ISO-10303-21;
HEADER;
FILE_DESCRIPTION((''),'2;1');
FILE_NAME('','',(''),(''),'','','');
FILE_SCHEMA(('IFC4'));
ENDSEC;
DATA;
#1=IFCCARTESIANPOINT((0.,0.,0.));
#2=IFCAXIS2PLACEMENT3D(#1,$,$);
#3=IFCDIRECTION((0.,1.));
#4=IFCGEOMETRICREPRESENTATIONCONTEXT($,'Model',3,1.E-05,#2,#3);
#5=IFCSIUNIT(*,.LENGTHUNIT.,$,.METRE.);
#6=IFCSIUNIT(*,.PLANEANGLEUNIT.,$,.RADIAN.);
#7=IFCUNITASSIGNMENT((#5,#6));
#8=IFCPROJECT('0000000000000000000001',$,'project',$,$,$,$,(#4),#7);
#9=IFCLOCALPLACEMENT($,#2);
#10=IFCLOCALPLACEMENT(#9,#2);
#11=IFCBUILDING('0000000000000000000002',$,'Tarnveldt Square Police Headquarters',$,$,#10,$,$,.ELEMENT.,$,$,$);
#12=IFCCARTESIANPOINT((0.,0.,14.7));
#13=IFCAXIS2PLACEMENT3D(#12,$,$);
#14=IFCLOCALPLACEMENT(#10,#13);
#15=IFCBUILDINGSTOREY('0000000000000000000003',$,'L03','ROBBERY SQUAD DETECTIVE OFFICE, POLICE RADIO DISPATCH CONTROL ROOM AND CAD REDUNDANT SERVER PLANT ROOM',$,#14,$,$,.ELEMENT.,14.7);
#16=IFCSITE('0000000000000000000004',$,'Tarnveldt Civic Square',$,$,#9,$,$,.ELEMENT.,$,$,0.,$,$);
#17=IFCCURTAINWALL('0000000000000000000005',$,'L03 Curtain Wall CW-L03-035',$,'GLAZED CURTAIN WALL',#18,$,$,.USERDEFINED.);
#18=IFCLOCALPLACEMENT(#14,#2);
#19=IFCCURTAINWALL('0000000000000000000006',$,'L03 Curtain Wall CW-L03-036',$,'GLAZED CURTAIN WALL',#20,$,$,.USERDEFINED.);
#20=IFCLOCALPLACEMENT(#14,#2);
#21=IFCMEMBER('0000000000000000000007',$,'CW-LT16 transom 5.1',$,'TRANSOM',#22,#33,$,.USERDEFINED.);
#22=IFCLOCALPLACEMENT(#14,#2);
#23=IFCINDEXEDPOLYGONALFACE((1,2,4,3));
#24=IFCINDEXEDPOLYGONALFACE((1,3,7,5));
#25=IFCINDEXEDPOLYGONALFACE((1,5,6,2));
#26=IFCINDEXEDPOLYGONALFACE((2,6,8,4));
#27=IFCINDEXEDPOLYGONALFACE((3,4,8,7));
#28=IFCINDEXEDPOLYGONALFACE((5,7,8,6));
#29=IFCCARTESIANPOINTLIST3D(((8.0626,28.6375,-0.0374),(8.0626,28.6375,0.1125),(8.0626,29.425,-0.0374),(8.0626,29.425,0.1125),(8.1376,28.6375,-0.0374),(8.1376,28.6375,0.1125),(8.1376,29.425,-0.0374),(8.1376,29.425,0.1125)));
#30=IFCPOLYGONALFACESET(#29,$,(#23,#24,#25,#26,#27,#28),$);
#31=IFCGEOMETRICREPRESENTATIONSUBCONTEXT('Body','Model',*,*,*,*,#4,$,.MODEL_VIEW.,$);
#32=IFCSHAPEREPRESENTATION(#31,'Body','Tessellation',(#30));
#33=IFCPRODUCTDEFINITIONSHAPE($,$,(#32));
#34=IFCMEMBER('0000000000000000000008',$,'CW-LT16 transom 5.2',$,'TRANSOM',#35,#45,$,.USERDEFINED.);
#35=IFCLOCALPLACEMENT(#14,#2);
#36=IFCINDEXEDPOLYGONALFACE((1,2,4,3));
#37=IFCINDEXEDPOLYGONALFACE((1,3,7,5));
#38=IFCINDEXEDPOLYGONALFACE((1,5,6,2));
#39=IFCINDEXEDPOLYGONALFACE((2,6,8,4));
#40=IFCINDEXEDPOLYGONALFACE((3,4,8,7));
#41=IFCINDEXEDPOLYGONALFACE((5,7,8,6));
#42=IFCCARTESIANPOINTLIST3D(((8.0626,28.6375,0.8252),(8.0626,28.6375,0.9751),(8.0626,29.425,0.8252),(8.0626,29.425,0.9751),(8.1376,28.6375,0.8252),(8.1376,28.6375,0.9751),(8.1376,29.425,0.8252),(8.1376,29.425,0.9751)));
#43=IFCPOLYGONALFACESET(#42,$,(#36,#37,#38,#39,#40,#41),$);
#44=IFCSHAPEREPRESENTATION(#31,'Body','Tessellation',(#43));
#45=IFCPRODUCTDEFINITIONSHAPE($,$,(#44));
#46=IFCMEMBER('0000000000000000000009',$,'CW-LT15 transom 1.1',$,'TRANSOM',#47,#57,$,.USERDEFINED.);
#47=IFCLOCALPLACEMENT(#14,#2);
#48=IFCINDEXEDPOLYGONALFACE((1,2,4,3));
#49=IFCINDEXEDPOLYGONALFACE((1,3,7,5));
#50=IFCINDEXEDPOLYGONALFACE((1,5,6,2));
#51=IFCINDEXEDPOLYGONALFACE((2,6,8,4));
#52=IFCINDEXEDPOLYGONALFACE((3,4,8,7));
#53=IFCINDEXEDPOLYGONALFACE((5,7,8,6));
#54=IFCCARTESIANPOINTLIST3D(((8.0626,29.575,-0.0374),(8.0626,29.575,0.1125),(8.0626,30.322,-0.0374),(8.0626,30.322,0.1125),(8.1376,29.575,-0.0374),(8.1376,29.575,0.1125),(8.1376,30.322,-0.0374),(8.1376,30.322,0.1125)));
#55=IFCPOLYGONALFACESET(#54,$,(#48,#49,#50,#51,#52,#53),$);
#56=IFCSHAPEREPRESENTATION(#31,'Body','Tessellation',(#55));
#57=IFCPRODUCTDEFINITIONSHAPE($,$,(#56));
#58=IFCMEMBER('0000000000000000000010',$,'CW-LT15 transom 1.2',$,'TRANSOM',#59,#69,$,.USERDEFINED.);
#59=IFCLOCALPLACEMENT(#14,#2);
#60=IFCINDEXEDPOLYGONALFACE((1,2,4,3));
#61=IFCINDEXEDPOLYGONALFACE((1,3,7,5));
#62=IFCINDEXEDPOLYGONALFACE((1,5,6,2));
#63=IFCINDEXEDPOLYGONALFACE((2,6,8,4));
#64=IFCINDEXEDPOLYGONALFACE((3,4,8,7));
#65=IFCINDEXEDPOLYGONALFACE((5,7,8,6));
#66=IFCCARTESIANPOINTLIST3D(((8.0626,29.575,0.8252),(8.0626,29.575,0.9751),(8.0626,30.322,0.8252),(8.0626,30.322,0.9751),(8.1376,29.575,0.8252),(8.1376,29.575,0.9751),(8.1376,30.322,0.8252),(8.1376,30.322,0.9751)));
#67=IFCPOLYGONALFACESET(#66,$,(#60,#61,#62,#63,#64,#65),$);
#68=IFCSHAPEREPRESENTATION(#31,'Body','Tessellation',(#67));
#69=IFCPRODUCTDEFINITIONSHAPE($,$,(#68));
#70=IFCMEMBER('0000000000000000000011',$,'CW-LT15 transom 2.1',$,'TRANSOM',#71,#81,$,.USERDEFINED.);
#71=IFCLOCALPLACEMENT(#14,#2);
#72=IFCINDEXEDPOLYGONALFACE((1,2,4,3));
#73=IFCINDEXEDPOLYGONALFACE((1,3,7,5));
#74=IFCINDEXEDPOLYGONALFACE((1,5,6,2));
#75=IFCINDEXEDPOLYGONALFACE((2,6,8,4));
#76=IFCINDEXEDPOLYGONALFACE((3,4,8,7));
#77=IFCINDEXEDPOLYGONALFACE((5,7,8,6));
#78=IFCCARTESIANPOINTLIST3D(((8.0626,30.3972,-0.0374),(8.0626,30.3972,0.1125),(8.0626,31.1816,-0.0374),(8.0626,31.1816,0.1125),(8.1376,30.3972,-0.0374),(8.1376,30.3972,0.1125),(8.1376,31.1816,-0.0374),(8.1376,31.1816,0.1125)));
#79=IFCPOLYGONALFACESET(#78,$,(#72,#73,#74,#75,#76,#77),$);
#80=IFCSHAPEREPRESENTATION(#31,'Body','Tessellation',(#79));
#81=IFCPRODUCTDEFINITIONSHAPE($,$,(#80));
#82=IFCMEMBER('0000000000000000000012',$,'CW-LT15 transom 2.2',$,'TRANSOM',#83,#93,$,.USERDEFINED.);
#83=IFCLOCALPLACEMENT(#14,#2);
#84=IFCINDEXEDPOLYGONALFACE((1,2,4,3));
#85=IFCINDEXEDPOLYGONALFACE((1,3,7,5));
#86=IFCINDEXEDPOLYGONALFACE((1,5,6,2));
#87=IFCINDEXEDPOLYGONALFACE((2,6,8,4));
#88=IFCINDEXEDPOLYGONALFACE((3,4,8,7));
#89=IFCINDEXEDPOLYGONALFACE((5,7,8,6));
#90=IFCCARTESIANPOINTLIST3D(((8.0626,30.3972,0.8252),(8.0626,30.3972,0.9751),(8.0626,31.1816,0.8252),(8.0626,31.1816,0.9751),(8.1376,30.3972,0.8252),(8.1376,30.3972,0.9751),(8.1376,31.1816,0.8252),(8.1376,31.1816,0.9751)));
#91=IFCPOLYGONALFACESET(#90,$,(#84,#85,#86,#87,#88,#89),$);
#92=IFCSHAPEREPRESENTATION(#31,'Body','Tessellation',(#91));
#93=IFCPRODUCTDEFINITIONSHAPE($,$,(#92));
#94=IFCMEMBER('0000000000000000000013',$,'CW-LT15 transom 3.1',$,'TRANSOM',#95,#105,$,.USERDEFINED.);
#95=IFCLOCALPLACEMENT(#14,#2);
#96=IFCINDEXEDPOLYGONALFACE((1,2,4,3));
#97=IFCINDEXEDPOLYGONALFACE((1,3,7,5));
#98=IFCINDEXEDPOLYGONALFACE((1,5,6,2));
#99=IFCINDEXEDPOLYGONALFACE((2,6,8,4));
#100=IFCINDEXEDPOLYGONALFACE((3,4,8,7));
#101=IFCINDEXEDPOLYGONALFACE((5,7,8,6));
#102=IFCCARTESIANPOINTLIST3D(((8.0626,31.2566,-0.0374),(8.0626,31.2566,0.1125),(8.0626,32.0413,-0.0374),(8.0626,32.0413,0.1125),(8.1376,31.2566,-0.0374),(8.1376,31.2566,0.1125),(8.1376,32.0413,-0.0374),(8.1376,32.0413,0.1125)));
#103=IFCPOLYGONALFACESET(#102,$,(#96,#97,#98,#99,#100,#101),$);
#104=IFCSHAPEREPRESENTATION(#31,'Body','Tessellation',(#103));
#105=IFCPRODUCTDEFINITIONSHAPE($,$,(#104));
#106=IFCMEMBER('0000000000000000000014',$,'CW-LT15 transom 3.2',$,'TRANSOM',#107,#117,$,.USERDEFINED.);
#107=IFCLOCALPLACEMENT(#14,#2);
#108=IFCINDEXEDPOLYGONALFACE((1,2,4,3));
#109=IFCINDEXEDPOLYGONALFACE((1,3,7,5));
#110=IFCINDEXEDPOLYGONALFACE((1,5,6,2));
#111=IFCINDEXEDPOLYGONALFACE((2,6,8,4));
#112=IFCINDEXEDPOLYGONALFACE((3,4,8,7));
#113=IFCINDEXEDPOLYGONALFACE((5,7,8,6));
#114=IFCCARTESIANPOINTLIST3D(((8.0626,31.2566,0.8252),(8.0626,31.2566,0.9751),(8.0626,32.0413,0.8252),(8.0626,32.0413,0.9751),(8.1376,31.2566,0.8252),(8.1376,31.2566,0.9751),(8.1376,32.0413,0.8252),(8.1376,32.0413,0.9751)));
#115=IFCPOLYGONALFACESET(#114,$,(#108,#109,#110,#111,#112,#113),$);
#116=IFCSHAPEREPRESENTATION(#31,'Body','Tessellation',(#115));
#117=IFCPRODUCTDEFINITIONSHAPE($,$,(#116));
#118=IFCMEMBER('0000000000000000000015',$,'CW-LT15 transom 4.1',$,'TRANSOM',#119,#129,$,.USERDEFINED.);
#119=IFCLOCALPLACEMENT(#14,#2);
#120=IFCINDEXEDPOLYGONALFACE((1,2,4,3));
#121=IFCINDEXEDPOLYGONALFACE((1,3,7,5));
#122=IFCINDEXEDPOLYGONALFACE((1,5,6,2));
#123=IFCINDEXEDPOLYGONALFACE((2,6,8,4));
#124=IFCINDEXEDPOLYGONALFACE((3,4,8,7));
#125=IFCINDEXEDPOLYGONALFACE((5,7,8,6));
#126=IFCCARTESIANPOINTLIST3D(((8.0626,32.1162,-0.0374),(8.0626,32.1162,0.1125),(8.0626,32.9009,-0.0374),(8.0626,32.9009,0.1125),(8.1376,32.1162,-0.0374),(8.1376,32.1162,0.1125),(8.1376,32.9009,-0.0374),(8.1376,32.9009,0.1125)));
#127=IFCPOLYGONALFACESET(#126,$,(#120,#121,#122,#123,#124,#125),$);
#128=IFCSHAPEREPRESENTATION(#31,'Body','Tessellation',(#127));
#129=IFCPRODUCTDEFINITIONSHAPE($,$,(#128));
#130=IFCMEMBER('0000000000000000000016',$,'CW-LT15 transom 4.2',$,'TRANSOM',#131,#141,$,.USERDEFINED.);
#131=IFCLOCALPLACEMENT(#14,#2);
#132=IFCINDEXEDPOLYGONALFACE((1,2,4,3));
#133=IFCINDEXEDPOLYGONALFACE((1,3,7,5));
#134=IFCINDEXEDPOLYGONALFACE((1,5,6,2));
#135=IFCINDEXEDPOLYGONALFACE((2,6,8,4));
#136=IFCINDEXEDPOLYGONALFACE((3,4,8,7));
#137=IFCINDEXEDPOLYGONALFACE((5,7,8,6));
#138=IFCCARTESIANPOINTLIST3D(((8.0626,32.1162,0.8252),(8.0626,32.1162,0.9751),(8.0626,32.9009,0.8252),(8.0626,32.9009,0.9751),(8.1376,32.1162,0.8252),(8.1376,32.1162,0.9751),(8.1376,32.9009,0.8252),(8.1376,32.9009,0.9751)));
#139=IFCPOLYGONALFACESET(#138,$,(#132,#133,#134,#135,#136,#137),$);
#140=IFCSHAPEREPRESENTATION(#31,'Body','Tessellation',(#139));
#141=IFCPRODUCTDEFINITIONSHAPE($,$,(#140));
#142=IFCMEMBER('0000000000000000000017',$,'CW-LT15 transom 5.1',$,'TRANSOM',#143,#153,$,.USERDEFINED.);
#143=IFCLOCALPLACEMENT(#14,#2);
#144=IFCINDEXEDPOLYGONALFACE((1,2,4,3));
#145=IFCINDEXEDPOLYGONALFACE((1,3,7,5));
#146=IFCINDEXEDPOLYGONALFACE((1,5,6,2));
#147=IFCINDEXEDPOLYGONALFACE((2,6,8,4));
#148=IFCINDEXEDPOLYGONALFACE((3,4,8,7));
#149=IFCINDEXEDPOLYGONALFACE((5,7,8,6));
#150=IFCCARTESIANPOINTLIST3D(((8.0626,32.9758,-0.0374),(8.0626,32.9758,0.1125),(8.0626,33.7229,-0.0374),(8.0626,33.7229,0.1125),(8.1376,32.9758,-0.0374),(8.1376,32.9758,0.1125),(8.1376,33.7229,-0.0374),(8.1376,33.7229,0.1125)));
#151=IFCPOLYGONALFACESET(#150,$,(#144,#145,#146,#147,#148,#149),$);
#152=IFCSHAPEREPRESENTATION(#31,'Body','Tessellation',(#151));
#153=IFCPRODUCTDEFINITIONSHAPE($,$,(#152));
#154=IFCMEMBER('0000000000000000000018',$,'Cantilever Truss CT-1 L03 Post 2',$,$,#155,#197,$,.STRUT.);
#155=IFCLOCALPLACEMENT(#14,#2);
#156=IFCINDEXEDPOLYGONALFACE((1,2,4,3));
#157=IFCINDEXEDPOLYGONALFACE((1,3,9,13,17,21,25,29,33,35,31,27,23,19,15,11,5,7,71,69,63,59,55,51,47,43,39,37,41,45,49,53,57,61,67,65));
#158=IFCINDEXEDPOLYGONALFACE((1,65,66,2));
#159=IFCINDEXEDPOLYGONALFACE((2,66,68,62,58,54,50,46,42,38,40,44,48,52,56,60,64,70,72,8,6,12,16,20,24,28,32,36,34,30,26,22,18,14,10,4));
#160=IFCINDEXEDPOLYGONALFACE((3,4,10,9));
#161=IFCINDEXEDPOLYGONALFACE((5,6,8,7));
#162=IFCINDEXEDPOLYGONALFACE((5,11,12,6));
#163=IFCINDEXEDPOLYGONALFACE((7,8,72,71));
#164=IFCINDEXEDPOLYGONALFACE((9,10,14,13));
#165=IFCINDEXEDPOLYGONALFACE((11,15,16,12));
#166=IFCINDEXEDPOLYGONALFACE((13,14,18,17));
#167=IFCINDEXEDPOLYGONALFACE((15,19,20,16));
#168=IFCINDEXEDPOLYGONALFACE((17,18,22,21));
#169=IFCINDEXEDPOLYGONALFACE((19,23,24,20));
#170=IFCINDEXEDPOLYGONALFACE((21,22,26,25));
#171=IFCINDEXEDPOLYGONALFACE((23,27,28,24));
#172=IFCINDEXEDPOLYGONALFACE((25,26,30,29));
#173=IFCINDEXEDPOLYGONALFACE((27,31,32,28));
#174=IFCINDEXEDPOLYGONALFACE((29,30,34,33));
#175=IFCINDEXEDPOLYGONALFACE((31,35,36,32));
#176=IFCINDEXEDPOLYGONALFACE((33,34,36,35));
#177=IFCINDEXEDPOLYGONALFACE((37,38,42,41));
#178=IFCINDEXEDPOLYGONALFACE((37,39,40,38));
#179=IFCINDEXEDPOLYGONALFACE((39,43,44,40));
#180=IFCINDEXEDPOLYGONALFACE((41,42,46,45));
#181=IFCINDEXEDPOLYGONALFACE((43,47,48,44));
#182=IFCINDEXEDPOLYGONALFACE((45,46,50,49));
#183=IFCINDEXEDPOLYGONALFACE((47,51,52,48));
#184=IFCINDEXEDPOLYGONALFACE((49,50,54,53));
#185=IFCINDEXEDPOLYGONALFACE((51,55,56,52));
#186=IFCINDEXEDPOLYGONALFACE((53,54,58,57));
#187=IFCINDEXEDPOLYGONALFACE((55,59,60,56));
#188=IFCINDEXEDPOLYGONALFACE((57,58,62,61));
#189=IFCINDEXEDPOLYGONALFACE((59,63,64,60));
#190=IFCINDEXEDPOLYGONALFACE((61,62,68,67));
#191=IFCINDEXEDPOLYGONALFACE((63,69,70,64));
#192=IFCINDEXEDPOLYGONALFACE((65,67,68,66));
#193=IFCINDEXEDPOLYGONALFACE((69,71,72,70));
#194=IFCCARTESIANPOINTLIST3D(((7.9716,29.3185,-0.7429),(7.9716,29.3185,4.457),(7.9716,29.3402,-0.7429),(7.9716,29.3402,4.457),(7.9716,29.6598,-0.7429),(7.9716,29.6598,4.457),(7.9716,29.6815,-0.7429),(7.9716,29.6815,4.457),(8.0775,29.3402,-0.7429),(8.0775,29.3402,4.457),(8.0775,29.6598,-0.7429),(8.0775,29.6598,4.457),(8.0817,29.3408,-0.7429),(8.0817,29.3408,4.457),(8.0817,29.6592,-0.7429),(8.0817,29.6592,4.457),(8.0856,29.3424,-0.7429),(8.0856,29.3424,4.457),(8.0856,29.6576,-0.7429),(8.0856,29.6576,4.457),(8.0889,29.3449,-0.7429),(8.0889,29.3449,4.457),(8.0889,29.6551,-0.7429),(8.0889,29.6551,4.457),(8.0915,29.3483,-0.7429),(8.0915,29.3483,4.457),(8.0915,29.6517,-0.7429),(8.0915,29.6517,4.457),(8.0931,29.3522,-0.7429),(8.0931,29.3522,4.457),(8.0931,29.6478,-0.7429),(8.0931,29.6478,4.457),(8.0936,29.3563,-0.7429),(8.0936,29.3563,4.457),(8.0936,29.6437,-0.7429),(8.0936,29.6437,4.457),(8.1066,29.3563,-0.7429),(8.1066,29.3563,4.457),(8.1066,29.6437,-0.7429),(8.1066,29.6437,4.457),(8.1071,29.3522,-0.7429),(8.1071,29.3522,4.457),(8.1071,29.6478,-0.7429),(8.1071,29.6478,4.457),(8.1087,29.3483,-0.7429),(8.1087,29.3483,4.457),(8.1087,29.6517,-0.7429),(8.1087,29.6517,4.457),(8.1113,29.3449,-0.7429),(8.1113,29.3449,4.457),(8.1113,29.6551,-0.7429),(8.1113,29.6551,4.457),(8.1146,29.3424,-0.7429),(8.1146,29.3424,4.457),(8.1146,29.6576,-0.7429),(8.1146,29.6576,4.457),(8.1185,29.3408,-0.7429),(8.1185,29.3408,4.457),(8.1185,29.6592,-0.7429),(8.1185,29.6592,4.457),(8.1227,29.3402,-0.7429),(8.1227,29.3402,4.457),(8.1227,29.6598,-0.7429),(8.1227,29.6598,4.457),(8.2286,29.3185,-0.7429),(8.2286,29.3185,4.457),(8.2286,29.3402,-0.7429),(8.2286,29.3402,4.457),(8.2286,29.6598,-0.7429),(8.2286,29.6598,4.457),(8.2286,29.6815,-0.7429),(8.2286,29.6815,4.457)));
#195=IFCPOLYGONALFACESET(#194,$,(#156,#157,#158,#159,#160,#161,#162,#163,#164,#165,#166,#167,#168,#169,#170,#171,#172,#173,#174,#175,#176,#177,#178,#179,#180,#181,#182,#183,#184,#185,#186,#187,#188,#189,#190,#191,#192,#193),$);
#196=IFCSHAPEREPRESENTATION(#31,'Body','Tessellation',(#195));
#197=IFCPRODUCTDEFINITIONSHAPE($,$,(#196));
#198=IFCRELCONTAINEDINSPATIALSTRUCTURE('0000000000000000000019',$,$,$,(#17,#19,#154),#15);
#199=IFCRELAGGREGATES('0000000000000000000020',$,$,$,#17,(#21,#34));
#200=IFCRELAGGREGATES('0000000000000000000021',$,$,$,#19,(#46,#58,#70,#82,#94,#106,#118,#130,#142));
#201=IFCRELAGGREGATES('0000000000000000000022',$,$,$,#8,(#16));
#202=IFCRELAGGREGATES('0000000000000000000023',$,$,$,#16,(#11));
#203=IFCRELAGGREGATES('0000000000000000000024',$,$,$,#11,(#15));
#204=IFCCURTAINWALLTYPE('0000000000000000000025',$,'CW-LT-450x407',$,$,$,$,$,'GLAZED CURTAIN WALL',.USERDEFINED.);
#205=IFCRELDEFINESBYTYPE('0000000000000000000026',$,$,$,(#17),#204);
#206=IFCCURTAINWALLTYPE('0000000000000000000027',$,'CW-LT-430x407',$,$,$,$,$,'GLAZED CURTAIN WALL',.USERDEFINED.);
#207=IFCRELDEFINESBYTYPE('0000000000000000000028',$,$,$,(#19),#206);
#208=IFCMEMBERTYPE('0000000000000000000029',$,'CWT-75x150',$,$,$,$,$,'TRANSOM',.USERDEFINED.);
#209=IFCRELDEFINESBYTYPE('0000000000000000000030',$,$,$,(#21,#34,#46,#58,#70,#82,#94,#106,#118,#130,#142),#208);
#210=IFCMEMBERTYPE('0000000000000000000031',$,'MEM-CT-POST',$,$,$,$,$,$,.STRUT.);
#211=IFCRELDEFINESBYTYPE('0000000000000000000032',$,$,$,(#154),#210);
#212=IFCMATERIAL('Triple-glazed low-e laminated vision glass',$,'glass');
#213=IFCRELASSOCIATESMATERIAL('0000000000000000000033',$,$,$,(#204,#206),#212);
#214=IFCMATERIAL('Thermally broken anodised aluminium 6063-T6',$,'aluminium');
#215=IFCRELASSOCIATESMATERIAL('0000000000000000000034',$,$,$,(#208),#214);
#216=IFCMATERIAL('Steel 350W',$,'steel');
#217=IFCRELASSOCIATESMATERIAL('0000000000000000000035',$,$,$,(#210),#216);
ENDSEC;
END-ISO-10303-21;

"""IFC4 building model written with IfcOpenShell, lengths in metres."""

from ifc_helpers import new_model, si_unit, direction, frame, origin, origin_2d, place, context, subcontext, project, spatial, rectangle, i_section, extrude, material, material_profile, profile_set, type_object, element, aggregate, save


model = new_model("IFC4")

# Units and contexts
model_context = context("Model", 3, precision=1e-05, world=origin(), true_north=direction((0.0, 1.0)))
body_context = subcontext(model_context, "Body", "Model", "MODEL_VIEW")
ifc_project = project(units=[si_unit("LENGTHUNIT", "METRE"), si_unit("PLANEANGLEUNIT", "RADIAN")], contexts=[model_context])

# Site, building, storey
site_placement = place(None, origin())
site = spatial("IfcSite", under=ifc_project, at=site_placement, Name="Tarnveldt Civic Square", CompositionType="ELEMENT", RefElevation=0.0)
building_placement = place(site_placement, origin())
building = spatial("IfcBuilding", under=site, at=building_placement, Name="Tarnveldt Square Police Headquarters", CompositionType="ELEMENT")
storey_placement = place(building_placement, frame((0.0, 0.0, 14.7)))
storey = spatial("IfcBuildingStorey", under=building, at=storey_placement, Name="L03", Description="ROBBERY SQUAD DETECTIVE OFFICE, POLICE RADIO DISPATCH CONTROL ROOM AND CAD REDUNDANT SERVER PLANT ROOM", CompositionType="ELEMENT", Elevation=14.7)

# Shared definitions
ifc_material_1 = material(Name="Steel 350W", Category="steel")

# Curtain walls
ifc_material_2 = material(Name="Triple-glazed low-e laminated vision glass", Category="glass")
curtain_wall_type_1 = type_object("IfcCurtainWallType", Name="CW-LT-450x407", ElementType="GLAZED CURTAIN WALL", PredefinedType="USERDEFINED", material=ifc_material_2)
curtain_wall_1_placement = place(storey_placement, origin())
curtain_wall_1 = element("IfcCurtainWall", 1, at=curtain_wall_1_placement, inside=storey, type_object=curtain_wall_type_1, Name="L03 Curtain Wall CW-L03-035", ObjectType="GLAZED CURTAIN WALL", PredefinedType="USERDEFINED")
ifc_material_3 = material(Name="Thermally broken anodised aluminium 6063-T6", Category="aluminium")
curtain_wall_type_2 = type_object("IfcCurtainWallType", Name="CW-LT-430x407", ElementType="GLAZED CURTAIN WALL", PredefinedType="USERDEFINED", material=ifc_material_2)
curtain_wall_2_placement = place(storey_placement, origin())
curtain_wall_2 = element("IfcCurtainWall", 2, at=curtain_wall_2_placement, inside=storey, type_object=curtain_wall_type_2, Name="L03 Curtain Wall CW-L03-036", ObjectType="GLAZED CURTAIN WALL", PredefinedType="USERDEFINED")

# Members
ifc_material_profile_1 = material_profile(ifc_material_3, rectangle(XDim=0.075, YDim=0.1499, at=origin_2d()), Name="CW-T75x150")
ifc_profile_set_1 = profile_set([ifc_material_profile_1], Name="Thermally broken anodised aluminium 6063-T6")
member_type_1 = type_object("IfcMemberType", Name="CWT-75x150", ElementType="TRANSOM", PredefinedType="USERDEFINED", material=ifc_profile_set_1)
member_1_placement = place(storey_placement, frame((8.1001, 28.6375, 0.0376), z_axis=(0.0, 1.0, 0.0), x_axis=(-1.0, 0.0, 0.0)))
member_1 = element("IfcMember", 3, at=member_1_placement, type_object=member_type_1, Name="CW-LT16 transom 5.1", ObjectType="TRANSOM", PredefinedType="USERDEFINED", context=body_context, shape_type="SweptSolid", body=[
    extrude(rectangle(XDim=0.075, YDim=0.1499, at=origin_2d()), origin(), (0.0, 0.0, 1.0), 0.7876),
])
member_2_placement = place(storey_placement, frame((8.1001, 28.6375, 0.9001), z_axis=(0.0, 1.0, 0.0), x_axis=(-1.0, 0.0, 0.0)))
member_2 = element("IfcMember", 4, at=member_2_placement, type_object=member_type_1, Name="CW-LT16 transom 5.2", ObjectType="TRANSOM", PredefinedType="USERDEFINED", context=body_context, shape_type="SweptSolid", body=[
    extrude(rectangle(XDim=0.075, YDim=0.1499, at=origin_2d()), origin(), (0.0, 0.0, 1.0), 0.7876),
])
member_3_placement = place(storey_placement, frame((8.1001, 29.575, 0.0376), z_axis=(0.0, 1.0, 0.0), x_axis=(-1.0, 0.0, 0.0)))
member_3 = element("IfcMember", 5, at=member_3_placement, type_object=member_type_1, Name="CW-LT15 transom 1.1", ObjectType="TRANSOM", PredefinedType="USERDEFINED", context=body_context, shape_type="SweptSolid", body=[
    extrude(rectangle(XDim=0.075, YDim=0.1499, at=origin_2d()), origin(), (0.0, 0.0, 1.0), 0.7471),
])
member_4_placement = place(storey_placement, frame((8.1001, 29.575, 0.9001), z_axis=(0.0, 1.0, 0.0), x_axis=(-1.0, 0.0, 0.0)))
member_4 = element("IfcMember", 6, at=member_4_placement, type_object=member_type_1, Name="CW-LT15 transom 1.2", ObjectType="TRANSOM", PredefinedType="USERDEFINED", context=body_context, shape_type="SweptSolid", body=[
    extrude(rectangle(XDim=0.075, YDim=0.1499, at=origin_2d()), origin(), (0.0, 0.0, 1.0), 0.7471),
])
member_5_placement = place(storey_placement, frame((8.1001, 30.3972, 0.0376), z_axis=(0.0, 1.0, 0.0), x_axis=(-1.0, 0.0, 0.0)))
member_5 = element("IfcMember", 7, at=member_5_placement, type_object=member_type_1, Name="CW-LT15 transom 2.1", ObjectType="TRANSOM", PredefinedType="USERDEFINED", context=body_context, shape_type="SweptSolid", body=[
    extrude(rectangle(XDim=0.075, YDim=0.1499, at=origin_2d()), origin(), (0.0, 0.0, 1.0), 0.7844),
])
member_6_placement = place(storey_placement, frame((8.1001, 30.3972, 0.9001), z_axis=(0.0, 1.0, 0.0), x_axis=(-1.0, 0.0, 0.0)))
member_6 = element("IfcMember", 8, at=member_6_placement, type_object=member_type_1, Name="CW-LT15 transom 2.2", ObjectType="TRANSOM", PredefinedType="USERDEFINED", context=body_context, shape_type="SweptSolid", body=[
    extrude(rectangle(XDim=0.075, YDim=0.1499, at=origin_2d()), origin(), (0.0, 0.0, 1.0), 0.7844),
])
member_7_placement = place(storey_placement, frame((8.1001, 31.2566, 0.0376), z_axis=(0.0, 1.0, 0.0), x_axis=(-1.0, 0.0, 0.0)))
member_7 = element("IfcMember", 9, at=member_7_placement, type_object=member_type_1, Name="CW-LT15 transom 3.1", ObjectType="TRANSOM", PredefinedType="USERDEFINED", context=body_context, shape_type="SweptSolid", body=[
    extrude(rectangle(XDim=0.075, YDim=0.1499, at=origin_2d()), origin(), (0.0, 0.0, 1.0), 0.7847),
])
member_8_placement = place(storey_placement, frame((8.1001, 31.2566, 0.9001), z_axis=(0.0, 1.0, 0.0), x_axis=(-1.0, 0.0, 0.0)))
member_8 = element("IfcMember", 10, at=member_8_placement, type_object=member_type_1, Name="CW-LT15 transom 3.2", ObjectType="TRANSOM", PredefinedType="USERDEFINED", context=body_context, shape_type="SweptSolid", body=[
    extrude(rectangle(XDim=0.075, YDim=0.1499, at=origin_2d()), origin(), (0.0, 0.0, 1.0), 0.7847),
])
member_9_placement = place(storey_placement, frame((8.1001, 32.1162, 0.0376), z_axis=(0.0, 1.0, 0.0), x_axis=(-1.0, 0.0, 0.0)))
member_9 = element("IfcMember", 11, at=member_9_placement, type_object=member_type_1, Name="CW-LT15 transom 4.1", ObjectType="TRANSOM", PredefinedType="USERDEFINED", context=body_context, shape_type="SweptSolid", body=[
    extrude(rectangle(XDim=0.075, YDim=0.1499, at=origin_2d()), origin(), (0.0, 0.0, 1.0), 0.7847),
])
member_10_placement = place(storey_placement, frame((8.1001, 32.1162, 0.9001), z_axis=(0.0, 1.0, 0.0), x_axis=(-1.0, 0.0, 0.0)))
member_10 = element("IfcMember", 12, at=member_10_placement, type_object=member_type_1, Name="CW-LT15 transom 4.2", ObjectType="TRANSOM", PredefinedType="USERDEFINED", context=body_context, shape_type="SweptSolid", body=[
    extrude(rectangle(XDim=0.075, YDim=0.1499, at=origin_2d()), origin(), (0.0, 0.0, 1.0), 0.7847),
])
member_11_placement = place(storey_placement, frame((8.1001, 32.9758, 0.0376), z_axis=(0.0, 1.0, 0.0), x_axis=(-1.0, 0.0, 0.0)))
member_11 = element("IfcMember", 13, at=member_11_placement, type_object=member_type_1, Name="CW-LT15 transom 5.1", ObjectType="TRANSOM", PredefinedType="USERDEFINED", context=body_context, shape_type="SweptSolid", body=[
    extrude(rectangle(XDim=0.075, YDim=0.1499, at=origin_2d()), origin(), (0.0, 0.0, 1.0), 0.7471),
])

# Member
ifc_material_profile_2 = material_profile(ifc_material_1, i_section(OverallWidth=0.2571, OverallDepth=0.363, WebThickness=0.0129, FlangeThickness=0.0217, FilletRadius=0.0161, at=origin_2d()), Name="W360x122")
ifc_profile_set_2 = profile_set([ifc_material_profile_2], Name="Steel 350W")
member_type_2 = type_object("IfcMemberType", Name="MEM-CT-POST", PredefinedType="STRUT", material=ifc_profile_set_2)
member_12_placement = place(storey_placement, frame((8.1001, 29.5, -0.7429), z_axis=(0.0, 0.0, 1.0), x_axis=(1.0, 0.0, 0.0)))
element("IfcMember", 14, at=member_12_placement, inside=storey, type_object=member_type_2, Name="Cantilever Truss CT-1 L03 Post 2", PredefinedType="STRUT", context=body_context, shape_type="SweptSolid", body=[
    extrude(i_section(OverallWidth=0.2571, OverallDepth=0.363, WebThickness=0.0129, FlangeThickness=0.0217, FilletRadius=0.0161, at=origin_2d()), origin(), (0.0, 0.0, 1.0), 5.2),
])

aggregate(curtain_wall_1, [member_1, member_2])
aggregate(curtain_wall_2, [member_3, member_4, member_5, member_6, member_7, member_8, member_9, member_10, member_11])

save(model, "model.ifc")
